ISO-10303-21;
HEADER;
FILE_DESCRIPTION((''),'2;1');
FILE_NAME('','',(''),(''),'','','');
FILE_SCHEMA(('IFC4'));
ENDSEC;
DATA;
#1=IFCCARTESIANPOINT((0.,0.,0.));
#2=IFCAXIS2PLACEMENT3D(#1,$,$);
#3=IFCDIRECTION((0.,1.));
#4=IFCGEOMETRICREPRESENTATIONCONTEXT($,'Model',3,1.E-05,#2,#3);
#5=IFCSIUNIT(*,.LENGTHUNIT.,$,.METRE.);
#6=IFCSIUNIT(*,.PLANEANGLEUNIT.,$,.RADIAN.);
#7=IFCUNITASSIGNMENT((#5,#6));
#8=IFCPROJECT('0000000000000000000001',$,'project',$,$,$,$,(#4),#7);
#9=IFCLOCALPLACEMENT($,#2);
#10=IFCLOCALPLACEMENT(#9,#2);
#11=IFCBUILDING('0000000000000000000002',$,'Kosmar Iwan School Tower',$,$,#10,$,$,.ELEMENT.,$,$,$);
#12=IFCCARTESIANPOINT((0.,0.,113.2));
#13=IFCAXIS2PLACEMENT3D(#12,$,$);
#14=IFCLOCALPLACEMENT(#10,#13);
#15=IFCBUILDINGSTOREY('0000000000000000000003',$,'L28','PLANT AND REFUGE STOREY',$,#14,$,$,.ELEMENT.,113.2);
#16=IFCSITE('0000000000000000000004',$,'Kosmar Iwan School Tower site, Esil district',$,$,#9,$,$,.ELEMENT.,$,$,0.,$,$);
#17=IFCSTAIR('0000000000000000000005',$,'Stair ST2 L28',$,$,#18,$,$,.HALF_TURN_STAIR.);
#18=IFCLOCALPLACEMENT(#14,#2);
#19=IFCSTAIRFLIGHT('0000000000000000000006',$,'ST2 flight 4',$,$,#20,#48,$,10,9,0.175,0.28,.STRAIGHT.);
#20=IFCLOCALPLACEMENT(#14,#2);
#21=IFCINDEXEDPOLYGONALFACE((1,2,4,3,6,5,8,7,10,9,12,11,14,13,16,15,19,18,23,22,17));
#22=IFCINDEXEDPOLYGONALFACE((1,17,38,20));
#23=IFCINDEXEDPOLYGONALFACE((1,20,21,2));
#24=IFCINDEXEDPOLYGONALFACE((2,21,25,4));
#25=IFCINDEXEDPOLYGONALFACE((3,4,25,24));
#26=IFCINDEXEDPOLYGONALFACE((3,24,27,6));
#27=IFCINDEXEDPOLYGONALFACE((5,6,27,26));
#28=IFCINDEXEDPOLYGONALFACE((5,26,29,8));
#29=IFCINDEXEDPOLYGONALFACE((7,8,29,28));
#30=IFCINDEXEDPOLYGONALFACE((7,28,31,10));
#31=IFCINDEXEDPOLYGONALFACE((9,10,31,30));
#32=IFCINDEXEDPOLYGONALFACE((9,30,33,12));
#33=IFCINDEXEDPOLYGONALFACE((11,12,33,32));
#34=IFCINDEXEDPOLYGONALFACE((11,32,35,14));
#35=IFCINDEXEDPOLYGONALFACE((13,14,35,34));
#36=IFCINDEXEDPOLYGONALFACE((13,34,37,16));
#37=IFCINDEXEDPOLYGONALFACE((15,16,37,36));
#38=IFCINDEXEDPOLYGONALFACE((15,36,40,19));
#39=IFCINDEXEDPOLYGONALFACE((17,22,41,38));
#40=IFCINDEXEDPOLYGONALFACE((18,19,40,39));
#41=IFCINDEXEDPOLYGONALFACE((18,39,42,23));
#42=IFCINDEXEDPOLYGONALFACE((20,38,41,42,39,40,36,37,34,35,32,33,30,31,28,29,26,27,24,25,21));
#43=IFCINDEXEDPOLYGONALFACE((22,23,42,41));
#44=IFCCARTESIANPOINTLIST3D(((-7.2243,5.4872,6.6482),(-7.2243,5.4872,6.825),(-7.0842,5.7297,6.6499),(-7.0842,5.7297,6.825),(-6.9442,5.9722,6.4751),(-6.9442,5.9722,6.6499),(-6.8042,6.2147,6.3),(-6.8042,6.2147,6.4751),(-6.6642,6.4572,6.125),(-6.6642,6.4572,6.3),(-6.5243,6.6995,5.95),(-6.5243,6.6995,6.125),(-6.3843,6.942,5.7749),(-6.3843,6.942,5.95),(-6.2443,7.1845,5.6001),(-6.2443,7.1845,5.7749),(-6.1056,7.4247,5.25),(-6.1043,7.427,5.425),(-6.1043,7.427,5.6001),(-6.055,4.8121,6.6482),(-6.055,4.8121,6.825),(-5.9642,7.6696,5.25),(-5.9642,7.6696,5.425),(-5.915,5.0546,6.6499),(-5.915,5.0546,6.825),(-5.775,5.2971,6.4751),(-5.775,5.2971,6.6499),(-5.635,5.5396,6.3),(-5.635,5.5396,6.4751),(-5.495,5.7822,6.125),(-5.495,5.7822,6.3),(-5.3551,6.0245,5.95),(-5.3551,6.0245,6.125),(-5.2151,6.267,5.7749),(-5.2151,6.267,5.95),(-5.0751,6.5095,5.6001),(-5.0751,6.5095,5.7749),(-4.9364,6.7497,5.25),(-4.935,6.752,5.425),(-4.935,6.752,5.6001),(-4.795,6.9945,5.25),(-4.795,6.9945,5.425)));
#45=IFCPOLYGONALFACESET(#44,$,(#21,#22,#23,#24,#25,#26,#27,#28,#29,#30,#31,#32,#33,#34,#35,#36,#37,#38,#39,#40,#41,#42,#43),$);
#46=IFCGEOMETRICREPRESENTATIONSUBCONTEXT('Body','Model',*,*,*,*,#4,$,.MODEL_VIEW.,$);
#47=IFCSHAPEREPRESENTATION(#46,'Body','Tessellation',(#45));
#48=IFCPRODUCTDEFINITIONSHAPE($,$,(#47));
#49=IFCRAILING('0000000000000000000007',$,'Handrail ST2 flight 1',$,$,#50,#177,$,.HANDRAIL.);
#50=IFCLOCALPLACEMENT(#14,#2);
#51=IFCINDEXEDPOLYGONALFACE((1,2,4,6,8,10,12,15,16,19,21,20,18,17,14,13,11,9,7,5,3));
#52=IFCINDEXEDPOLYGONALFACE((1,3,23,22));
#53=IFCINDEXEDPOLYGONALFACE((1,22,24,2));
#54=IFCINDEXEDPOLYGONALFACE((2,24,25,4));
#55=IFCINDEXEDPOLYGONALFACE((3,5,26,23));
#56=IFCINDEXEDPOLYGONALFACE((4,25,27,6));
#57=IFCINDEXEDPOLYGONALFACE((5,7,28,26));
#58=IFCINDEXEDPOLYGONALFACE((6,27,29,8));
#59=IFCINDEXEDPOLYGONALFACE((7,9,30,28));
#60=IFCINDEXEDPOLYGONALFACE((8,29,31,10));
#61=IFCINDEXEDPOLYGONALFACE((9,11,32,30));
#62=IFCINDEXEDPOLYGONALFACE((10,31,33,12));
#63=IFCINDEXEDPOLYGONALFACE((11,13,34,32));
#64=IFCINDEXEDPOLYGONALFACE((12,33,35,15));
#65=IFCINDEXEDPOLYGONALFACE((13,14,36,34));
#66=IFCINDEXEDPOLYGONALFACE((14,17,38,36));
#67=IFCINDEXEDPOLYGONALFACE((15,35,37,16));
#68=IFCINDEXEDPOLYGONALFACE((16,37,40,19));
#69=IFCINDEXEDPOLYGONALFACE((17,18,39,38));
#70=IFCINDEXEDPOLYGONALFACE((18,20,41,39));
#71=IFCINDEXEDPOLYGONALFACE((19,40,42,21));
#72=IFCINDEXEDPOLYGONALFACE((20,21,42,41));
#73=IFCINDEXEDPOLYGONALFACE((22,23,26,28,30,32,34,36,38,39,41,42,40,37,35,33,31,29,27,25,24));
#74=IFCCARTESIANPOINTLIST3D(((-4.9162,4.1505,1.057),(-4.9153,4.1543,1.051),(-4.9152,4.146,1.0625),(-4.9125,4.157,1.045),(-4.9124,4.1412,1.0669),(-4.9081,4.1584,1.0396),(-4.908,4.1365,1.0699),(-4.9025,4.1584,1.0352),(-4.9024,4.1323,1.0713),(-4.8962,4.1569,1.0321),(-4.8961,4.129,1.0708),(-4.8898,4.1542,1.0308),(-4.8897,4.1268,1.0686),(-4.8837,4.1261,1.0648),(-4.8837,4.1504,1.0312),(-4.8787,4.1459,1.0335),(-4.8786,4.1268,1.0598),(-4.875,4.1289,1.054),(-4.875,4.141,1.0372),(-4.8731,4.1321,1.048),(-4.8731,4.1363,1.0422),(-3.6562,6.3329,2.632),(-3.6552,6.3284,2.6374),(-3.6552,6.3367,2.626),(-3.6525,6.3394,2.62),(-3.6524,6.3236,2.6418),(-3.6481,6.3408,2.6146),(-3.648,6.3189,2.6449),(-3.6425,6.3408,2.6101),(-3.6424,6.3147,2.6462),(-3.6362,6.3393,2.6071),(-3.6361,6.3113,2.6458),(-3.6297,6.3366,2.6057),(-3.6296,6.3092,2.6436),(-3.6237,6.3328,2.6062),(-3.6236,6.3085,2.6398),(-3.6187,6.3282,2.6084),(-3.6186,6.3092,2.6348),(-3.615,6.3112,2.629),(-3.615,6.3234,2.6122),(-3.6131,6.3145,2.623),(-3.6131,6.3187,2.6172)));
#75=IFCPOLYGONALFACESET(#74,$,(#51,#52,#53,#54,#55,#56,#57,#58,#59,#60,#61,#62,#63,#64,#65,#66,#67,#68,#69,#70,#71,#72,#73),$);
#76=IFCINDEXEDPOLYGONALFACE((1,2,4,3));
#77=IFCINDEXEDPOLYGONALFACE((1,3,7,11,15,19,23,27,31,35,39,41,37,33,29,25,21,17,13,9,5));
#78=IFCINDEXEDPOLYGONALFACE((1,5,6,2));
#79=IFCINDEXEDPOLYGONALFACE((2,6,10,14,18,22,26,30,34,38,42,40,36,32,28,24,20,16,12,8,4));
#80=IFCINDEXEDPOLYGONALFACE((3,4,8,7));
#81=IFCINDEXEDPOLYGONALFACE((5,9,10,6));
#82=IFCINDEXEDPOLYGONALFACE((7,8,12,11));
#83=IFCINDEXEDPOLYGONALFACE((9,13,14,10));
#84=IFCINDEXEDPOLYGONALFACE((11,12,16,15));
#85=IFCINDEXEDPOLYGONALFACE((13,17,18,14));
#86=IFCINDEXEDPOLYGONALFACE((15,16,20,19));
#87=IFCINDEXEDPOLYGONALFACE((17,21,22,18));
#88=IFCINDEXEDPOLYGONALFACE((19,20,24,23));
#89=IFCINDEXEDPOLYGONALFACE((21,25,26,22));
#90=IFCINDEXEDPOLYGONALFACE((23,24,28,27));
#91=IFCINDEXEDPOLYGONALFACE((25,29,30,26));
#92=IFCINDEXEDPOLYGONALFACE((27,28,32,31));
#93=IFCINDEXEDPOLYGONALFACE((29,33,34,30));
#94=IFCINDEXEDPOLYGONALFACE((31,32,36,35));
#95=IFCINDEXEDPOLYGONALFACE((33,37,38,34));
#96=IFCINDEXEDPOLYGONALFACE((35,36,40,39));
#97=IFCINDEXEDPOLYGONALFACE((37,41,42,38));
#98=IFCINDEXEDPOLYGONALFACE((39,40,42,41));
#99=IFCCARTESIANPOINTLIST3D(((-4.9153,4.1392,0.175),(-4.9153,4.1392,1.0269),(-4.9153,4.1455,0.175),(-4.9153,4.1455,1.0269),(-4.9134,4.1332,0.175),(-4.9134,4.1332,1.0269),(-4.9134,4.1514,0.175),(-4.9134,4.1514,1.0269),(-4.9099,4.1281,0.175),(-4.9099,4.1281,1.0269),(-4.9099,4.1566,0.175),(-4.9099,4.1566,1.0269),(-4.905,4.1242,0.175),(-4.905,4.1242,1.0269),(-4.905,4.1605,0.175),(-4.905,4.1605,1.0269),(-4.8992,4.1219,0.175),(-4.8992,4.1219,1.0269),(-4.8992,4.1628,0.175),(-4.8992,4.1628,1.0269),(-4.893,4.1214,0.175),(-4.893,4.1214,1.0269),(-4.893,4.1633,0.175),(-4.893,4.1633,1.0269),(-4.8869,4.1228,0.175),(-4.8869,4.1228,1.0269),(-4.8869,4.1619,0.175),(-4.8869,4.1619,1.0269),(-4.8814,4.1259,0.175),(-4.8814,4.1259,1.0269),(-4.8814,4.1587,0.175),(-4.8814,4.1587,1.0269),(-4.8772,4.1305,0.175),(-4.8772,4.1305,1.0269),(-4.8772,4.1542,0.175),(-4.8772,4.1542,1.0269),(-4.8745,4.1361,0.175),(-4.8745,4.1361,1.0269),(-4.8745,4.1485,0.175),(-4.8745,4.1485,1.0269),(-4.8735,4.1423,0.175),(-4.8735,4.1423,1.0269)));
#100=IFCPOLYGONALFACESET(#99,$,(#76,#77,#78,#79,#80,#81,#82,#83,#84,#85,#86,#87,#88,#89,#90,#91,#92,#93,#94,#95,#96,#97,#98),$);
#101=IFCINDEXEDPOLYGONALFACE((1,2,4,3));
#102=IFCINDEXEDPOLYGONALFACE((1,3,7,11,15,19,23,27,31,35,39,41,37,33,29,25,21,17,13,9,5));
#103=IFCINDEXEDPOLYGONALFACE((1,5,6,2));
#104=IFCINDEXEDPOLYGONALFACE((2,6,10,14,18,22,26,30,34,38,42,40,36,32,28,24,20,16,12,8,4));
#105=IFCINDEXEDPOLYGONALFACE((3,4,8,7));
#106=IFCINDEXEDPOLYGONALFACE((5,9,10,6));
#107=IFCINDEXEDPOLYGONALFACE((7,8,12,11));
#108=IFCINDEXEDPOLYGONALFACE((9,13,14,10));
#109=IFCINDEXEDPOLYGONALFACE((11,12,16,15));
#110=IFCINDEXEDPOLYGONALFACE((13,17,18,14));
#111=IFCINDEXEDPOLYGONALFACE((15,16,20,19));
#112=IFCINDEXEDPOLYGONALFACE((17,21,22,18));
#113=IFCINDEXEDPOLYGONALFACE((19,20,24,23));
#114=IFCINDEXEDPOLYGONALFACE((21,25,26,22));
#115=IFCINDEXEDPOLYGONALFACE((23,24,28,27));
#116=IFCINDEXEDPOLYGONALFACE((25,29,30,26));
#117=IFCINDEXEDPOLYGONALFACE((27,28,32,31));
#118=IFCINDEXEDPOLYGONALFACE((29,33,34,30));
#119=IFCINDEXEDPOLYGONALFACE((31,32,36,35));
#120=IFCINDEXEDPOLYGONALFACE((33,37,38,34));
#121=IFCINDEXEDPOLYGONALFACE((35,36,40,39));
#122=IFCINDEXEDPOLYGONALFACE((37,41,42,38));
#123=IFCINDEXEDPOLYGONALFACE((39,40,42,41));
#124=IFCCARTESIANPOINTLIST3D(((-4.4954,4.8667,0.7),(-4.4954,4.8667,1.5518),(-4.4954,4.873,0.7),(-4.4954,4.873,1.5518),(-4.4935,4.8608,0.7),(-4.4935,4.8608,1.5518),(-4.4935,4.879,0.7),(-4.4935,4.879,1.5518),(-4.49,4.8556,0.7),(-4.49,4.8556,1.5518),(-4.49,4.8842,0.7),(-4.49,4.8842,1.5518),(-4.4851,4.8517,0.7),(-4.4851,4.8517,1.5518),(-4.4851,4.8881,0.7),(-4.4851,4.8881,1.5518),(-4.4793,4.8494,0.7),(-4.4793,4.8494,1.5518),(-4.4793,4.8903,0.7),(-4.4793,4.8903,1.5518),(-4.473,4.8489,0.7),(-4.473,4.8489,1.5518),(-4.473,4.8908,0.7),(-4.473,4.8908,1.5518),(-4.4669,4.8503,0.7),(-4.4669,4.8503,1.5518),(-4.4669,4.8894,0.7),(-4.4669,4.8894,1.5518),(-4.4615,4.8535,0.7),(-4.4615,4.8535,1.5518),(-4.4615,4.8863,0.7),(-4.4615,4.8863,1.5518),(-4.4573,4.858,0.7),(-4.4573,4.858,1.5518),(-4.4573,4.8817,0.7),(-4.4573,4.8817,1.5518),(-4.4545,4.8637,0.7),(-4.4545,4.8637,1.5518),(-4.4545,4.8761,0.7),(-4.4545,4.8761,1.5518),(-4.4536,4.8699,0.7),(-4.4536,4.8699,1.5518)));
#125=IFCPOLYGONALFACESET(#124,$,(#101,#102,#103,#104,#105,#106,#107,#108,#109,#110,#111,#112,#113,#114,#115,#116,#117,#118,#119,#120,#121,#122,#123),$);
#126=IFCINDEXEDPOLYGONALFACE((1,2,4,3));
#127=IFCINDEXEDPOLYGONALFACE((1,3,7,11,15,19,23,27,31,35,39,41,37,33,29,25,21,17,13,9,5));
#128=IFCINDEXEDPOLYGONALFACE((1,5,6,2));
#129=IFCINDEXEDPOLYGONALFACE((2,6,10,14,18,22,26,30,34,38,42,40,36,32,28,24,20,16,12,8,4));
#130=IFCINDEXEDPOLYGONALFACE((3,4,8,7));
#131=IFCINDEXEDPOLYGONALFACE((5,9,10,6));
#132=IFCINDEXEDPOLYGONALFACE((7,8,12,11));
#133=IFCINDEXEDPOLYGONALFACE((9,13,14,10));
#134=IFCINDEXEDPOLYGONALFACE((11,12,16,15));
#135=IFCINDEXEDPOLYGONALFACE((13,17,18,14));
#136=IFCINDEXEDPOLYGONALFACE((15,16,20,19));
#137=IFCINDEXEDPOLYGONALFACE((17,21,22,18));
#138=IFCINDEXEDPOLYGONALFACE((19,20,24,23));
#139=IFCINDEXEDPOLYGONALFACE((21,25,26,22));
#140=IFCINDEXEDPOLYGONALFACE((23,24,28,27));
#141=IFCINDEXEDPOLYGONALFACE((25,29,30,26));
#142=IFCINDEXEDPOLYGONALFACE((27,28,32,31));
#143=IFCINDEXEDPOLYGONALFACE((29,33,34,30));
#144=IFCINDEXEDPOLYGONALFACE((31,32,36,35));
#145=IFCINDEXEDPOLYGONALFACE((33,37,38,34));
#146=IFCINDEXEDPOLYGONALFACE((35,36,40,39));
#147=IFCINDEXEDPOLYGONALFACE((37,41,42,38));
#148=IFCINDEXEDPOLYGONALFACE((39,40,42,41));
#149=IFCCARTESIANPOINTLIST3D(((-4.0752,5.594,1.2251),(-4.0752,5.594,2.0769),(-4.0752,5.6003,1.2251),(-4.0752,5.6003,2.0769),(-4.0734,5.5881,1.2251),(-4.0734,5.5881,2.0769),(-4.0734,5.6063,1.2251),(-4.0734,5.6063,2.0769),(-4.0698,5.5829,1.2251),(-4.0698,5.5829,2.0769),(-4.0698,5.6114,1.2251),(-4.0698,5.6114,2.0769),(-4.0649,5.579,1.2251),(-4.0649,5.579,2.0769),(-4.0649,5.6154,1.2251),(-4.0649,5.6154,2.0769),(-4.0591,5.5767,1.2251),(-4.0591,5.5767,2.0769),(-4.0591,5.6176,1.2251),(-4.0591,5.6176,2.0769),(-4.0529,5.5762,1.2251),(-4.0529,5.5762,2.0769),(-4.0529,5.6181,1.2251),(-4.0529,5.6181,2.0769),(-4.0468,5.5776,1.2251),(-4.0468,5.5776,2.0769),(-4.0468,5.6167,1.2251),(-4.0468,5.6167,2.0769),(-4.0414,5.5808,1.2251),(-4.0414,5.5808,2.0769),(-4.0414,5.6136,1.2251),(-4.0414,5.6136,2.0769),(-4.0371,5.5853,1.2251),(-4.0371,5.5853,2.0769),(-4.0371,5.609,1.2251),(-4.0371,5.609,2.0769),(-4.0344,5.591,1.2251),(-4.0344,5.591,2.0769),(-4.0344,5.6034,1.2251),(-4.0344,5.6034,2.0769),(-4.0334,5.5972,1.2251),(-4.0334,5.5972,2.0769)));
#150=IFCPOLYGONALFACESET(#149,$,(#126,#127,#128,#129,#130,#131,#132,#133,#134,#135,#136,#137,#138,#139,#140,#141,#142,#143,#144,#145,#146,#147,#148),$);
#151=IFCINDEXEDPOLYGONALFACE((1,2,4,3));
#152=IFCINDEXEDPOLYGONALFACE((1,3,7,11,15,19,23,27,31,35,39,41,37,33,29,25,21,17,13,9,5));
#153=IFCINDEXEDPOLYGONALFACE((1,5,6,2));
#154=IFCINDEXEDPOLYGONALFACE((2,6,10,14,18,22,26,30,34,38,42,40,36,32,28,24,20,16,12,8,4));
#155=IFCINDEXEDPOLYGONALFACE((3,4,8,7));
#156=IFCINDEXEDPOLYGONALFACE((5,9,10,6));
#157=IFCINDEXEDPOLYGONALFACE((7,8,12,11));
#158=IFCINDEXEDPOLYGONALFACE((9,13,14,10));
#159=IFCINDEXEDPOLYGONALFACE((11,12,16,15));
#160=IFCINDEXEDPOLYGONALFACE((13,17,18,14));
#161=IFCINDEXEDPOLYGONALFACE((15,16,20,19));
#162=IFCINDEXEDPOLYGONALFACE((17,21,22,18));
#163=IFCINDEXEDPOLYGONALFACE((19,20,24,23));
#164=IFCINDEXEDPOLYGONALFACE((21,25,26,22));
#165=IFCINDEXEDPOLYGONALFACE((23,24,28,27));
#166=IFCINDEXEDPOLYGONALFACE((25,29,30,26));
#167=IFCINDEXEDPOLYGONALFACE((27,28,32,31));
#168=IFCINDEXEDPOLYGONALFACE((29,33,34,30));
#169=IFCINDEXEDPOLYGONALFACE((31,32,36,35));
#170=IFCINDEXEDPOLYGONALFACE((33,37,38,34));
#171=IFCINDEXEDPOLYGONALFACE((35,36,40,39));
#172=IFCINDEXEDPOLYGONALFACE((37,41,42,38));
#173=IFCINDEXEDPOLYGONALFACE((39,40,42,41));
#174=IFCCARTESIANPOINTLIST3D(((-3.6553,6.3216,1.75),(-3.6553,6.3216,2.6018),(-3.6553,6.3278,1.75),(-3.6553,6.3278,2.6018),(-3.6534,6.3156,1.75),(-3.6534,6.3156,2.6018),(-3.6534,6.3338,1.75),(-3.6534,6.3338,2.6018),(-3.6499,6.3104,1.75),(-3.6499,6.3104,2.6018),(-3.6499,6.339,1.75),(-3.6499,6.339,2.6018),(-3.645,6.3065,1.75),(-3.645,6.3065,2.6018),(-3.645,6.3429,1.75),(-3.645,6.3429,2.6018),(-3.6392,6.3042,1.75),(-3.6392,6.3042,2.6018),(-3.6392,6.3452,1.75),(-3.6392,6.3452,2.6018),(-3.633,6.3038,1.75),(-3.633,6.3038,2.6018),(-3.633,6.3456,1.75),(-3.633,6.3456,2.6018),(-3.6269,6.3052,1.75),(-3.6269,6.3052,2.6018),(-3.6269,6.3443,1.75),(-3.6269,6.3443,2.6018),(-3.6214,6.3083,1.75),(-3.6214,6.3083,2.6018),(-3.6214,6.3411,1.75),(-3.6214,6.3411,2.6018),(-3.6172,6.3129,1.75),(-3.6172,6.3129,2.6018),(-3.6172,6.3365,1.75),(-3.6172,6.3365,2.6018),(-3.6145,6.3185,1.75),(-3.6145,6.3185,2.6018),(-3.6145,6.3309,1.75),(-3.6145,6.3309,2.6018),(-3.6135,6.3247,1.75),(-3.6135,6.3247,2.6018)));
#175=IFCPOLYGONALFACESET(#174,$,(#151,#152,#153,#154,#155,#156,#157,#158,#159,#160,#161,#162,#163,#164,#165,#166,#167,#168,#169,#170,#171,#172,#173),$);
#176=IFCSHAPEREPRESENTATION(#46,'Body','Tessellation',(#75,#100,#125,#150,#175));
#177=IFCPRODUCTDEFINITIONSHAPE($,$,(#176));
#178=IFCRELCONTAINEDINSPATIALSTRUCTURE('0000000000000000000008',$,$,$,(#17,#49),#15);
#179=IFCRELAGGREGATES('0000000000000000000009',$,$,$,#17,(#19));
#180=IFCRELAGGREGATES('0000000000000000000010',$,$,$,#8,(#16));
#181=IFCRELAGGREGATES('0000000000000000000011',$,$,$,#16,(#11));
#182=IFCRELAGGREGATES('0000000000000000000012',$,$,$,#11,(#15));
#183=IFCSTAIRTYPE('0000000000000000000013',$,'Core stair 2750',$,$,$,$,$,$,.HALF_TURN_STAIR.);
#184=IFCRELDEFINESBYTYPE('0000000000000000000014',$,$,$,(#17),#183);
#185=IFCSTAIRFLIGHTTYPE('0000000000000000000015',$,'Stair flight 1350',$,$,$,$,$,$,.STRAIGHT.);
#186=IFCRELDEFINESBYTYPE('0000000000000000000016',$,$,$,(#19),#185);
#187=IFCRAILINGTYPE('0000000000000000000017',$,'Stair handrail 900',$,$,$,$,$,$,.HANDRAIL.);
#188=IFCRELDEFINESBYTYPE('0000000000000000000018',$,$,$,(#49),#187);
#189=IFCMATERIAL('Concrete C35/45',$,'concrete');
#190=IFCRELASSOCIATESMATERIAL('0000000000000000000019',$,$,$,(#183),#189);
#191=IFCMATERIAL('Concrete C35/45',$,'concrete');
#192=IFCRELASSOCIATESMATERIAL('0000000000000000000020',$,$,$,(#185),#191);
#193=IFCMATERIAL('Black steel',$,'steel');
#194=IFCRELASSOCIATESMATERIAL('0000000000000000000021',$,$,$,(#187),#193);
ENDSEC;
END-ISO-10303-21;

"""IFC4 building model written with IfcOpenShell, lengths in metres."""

from ifc_helpers import new_model, si_unit, direction, frame, origin, origin_2d, place, context, subcontext, project, spatial, polyline, circle, outline, extrude, material, type_object, element, aggregate, save


model = new_model("IFC4")

# Units and contexts
model_context = context("Model", 3, precision=1e-05, world=origin(), true_north=direction((0.0, 1.0)))
body_context = subcontext(model_context, "Body", "Model", "MODEL_VIEW")
ifc_project = project(units=[si_unit("LENGTHUNIT", "METRE"), si_unit("PLANEANGLEUNIT", "RADIAN")], contexts=[model_context])

# Site, building, storey
site_placement = place(None, origin())
site = spatial("IfcSite", under=ifc_project, at=site_placement, Name="Kosmar Iwan School Tower site, Esil district", CompositionType="ELEMENT", RefElevation=0.0)
building_placement = place(site_placement, origin())
building = spatial("IfcBuilding", under=site, at=building_placement, Name="Kosmar Iwan School Tower", CompositionType="ELEMENT")
storey_placement = place(building_placement, frame((0.0, 0.0, 113.2)))
storey = spatial("IfcBuildingStorey", under=building, at=storey_placement, Name="L28", Description="PLANT AND REFUGE STOREY", CompositionType="ELEMENT", Elevation=113.2)

# Stair, stair flight
ifc_material_1 = material(Name="Concrete C35/45", Category="concrete")
stair_type = type_object("IfcStairType", Name="Core stair 2750", PredefinedType="HALF_TURN_STAIR", material=ifc_material_1)
stair_placement = place(storey_placement, origin())
stair = element("IfcStair", 1, at=stair_placement, inside=storey, type_object=stair_type, Name="Stair ST2 L28", PredefinedType="HALF_TURN_STAIR")
ifc_material_2 = material(Name="Concrete C35/45", Category="concrete")
stair_flight_type = type_object("IfcStairFlightType", Name="Stair flight 1350", PredefinedType="STRAIGHT", material=ifc_material_2)
stair_flight_1_placement = place(storey_placement, frame((-5.3796, 7.332, 5.25), z_axis=(0.0, 0.0, 1.0), x_axis=(-0.5, -0.866025, 0.0)))
stair_flight_1 = element("IfcStairFlight", 2, at=stair_flight_1_placement, type_object=stair_flight_type, Name="ST2 flight 4", NumberOfRisers=10, NumberOfTreads=9, PredefinedType="STRAIGHT", RiserHeight=0.175, TreadLength=0.28, context=body_context, shape_type="SweptSolid", body=[
    extrude(outline(polyline([(0.0, 0.0), (0.0, 0.175), (0.28, 0.175), (0.28, 0.3501), (0.5601, 0.3501), (0.5601, 0.5249), (0.8401, 0.5249), (0.8401, 0.7), (1.1201, 0.7), (1.1201, 0.875), (1.3999, 0.875), (1.3999, 1.05), (1.6799, 1.05), (1.6799, 1.2251), (1.96, 1.2251), (1.96, 1.3999), (2.24, 1.3999), (2.24, 1.575), (2.52, 1.575), (2.52, 1.75), (2.52, 1.3982), (0.2827, 0.0), (0.0, 0.0)])), frame((0.0, 0.675, 0.0), z_axis=(0.0, -1.0, 0.0), x_axis=(1.0, 0.0, 0.0)), (0.0, 0.0, 1.0), 1.3501),
])
aggregate(stair, [stair_flight_1])

# Railing
ifc_material_3 = material(Name="Black steel", Category="steel")
railing_type = type_object("IfcRailingType", Name="Stair handrail 900", PredefinedType="HANDRAIL", material=ifc_material_3)
for number, where, name in (
    (3, (-4.8945, 4.1423, 0.175), "Handrail ST2 flight 1"),
):
    element("IfcRailing", number, at=place(storey_placement, frame(where)), inside=storey, type_object=railing_type, Name=name, PredefinedType="HANDRAIL", context=body_context, shape_type="SweptSolid", body=[
        extrude(circle(Radius=0.0239, at=origin_2d()), frame((0.0, 0.0, 0.876), z_axis=(0.424007, 0.734392, 0.529988), x_axis=(-0.866023, 0.500005, 0.0)), (0.0, 0.0, 1.0), 2.9717),
        extrude(circle(Radius=0.021, at=origin_2d()), origin(), (0.0, 0.0, 1.0), 0.8518),
        extrude(circle(Radius=0.021, at=origin_2d()), frame((0.4199, 0.7275, 0.5249)), (0.0, 0.0, 1.0), 0.8518),
        extrude(circle(Radius=0.021, at=origin_2d()), frame((0.8401, 1.4548, 1.05)), (0.0, 0.0, 1.0), 0.8518),
        extrude(circle(Radius=0.021, at=origin_2d()), frame((1.26, 2.1824, 1.575)), (0.0, 0.0, 1.0), 0.8518),
    ])

save(model, "model.ifc")
